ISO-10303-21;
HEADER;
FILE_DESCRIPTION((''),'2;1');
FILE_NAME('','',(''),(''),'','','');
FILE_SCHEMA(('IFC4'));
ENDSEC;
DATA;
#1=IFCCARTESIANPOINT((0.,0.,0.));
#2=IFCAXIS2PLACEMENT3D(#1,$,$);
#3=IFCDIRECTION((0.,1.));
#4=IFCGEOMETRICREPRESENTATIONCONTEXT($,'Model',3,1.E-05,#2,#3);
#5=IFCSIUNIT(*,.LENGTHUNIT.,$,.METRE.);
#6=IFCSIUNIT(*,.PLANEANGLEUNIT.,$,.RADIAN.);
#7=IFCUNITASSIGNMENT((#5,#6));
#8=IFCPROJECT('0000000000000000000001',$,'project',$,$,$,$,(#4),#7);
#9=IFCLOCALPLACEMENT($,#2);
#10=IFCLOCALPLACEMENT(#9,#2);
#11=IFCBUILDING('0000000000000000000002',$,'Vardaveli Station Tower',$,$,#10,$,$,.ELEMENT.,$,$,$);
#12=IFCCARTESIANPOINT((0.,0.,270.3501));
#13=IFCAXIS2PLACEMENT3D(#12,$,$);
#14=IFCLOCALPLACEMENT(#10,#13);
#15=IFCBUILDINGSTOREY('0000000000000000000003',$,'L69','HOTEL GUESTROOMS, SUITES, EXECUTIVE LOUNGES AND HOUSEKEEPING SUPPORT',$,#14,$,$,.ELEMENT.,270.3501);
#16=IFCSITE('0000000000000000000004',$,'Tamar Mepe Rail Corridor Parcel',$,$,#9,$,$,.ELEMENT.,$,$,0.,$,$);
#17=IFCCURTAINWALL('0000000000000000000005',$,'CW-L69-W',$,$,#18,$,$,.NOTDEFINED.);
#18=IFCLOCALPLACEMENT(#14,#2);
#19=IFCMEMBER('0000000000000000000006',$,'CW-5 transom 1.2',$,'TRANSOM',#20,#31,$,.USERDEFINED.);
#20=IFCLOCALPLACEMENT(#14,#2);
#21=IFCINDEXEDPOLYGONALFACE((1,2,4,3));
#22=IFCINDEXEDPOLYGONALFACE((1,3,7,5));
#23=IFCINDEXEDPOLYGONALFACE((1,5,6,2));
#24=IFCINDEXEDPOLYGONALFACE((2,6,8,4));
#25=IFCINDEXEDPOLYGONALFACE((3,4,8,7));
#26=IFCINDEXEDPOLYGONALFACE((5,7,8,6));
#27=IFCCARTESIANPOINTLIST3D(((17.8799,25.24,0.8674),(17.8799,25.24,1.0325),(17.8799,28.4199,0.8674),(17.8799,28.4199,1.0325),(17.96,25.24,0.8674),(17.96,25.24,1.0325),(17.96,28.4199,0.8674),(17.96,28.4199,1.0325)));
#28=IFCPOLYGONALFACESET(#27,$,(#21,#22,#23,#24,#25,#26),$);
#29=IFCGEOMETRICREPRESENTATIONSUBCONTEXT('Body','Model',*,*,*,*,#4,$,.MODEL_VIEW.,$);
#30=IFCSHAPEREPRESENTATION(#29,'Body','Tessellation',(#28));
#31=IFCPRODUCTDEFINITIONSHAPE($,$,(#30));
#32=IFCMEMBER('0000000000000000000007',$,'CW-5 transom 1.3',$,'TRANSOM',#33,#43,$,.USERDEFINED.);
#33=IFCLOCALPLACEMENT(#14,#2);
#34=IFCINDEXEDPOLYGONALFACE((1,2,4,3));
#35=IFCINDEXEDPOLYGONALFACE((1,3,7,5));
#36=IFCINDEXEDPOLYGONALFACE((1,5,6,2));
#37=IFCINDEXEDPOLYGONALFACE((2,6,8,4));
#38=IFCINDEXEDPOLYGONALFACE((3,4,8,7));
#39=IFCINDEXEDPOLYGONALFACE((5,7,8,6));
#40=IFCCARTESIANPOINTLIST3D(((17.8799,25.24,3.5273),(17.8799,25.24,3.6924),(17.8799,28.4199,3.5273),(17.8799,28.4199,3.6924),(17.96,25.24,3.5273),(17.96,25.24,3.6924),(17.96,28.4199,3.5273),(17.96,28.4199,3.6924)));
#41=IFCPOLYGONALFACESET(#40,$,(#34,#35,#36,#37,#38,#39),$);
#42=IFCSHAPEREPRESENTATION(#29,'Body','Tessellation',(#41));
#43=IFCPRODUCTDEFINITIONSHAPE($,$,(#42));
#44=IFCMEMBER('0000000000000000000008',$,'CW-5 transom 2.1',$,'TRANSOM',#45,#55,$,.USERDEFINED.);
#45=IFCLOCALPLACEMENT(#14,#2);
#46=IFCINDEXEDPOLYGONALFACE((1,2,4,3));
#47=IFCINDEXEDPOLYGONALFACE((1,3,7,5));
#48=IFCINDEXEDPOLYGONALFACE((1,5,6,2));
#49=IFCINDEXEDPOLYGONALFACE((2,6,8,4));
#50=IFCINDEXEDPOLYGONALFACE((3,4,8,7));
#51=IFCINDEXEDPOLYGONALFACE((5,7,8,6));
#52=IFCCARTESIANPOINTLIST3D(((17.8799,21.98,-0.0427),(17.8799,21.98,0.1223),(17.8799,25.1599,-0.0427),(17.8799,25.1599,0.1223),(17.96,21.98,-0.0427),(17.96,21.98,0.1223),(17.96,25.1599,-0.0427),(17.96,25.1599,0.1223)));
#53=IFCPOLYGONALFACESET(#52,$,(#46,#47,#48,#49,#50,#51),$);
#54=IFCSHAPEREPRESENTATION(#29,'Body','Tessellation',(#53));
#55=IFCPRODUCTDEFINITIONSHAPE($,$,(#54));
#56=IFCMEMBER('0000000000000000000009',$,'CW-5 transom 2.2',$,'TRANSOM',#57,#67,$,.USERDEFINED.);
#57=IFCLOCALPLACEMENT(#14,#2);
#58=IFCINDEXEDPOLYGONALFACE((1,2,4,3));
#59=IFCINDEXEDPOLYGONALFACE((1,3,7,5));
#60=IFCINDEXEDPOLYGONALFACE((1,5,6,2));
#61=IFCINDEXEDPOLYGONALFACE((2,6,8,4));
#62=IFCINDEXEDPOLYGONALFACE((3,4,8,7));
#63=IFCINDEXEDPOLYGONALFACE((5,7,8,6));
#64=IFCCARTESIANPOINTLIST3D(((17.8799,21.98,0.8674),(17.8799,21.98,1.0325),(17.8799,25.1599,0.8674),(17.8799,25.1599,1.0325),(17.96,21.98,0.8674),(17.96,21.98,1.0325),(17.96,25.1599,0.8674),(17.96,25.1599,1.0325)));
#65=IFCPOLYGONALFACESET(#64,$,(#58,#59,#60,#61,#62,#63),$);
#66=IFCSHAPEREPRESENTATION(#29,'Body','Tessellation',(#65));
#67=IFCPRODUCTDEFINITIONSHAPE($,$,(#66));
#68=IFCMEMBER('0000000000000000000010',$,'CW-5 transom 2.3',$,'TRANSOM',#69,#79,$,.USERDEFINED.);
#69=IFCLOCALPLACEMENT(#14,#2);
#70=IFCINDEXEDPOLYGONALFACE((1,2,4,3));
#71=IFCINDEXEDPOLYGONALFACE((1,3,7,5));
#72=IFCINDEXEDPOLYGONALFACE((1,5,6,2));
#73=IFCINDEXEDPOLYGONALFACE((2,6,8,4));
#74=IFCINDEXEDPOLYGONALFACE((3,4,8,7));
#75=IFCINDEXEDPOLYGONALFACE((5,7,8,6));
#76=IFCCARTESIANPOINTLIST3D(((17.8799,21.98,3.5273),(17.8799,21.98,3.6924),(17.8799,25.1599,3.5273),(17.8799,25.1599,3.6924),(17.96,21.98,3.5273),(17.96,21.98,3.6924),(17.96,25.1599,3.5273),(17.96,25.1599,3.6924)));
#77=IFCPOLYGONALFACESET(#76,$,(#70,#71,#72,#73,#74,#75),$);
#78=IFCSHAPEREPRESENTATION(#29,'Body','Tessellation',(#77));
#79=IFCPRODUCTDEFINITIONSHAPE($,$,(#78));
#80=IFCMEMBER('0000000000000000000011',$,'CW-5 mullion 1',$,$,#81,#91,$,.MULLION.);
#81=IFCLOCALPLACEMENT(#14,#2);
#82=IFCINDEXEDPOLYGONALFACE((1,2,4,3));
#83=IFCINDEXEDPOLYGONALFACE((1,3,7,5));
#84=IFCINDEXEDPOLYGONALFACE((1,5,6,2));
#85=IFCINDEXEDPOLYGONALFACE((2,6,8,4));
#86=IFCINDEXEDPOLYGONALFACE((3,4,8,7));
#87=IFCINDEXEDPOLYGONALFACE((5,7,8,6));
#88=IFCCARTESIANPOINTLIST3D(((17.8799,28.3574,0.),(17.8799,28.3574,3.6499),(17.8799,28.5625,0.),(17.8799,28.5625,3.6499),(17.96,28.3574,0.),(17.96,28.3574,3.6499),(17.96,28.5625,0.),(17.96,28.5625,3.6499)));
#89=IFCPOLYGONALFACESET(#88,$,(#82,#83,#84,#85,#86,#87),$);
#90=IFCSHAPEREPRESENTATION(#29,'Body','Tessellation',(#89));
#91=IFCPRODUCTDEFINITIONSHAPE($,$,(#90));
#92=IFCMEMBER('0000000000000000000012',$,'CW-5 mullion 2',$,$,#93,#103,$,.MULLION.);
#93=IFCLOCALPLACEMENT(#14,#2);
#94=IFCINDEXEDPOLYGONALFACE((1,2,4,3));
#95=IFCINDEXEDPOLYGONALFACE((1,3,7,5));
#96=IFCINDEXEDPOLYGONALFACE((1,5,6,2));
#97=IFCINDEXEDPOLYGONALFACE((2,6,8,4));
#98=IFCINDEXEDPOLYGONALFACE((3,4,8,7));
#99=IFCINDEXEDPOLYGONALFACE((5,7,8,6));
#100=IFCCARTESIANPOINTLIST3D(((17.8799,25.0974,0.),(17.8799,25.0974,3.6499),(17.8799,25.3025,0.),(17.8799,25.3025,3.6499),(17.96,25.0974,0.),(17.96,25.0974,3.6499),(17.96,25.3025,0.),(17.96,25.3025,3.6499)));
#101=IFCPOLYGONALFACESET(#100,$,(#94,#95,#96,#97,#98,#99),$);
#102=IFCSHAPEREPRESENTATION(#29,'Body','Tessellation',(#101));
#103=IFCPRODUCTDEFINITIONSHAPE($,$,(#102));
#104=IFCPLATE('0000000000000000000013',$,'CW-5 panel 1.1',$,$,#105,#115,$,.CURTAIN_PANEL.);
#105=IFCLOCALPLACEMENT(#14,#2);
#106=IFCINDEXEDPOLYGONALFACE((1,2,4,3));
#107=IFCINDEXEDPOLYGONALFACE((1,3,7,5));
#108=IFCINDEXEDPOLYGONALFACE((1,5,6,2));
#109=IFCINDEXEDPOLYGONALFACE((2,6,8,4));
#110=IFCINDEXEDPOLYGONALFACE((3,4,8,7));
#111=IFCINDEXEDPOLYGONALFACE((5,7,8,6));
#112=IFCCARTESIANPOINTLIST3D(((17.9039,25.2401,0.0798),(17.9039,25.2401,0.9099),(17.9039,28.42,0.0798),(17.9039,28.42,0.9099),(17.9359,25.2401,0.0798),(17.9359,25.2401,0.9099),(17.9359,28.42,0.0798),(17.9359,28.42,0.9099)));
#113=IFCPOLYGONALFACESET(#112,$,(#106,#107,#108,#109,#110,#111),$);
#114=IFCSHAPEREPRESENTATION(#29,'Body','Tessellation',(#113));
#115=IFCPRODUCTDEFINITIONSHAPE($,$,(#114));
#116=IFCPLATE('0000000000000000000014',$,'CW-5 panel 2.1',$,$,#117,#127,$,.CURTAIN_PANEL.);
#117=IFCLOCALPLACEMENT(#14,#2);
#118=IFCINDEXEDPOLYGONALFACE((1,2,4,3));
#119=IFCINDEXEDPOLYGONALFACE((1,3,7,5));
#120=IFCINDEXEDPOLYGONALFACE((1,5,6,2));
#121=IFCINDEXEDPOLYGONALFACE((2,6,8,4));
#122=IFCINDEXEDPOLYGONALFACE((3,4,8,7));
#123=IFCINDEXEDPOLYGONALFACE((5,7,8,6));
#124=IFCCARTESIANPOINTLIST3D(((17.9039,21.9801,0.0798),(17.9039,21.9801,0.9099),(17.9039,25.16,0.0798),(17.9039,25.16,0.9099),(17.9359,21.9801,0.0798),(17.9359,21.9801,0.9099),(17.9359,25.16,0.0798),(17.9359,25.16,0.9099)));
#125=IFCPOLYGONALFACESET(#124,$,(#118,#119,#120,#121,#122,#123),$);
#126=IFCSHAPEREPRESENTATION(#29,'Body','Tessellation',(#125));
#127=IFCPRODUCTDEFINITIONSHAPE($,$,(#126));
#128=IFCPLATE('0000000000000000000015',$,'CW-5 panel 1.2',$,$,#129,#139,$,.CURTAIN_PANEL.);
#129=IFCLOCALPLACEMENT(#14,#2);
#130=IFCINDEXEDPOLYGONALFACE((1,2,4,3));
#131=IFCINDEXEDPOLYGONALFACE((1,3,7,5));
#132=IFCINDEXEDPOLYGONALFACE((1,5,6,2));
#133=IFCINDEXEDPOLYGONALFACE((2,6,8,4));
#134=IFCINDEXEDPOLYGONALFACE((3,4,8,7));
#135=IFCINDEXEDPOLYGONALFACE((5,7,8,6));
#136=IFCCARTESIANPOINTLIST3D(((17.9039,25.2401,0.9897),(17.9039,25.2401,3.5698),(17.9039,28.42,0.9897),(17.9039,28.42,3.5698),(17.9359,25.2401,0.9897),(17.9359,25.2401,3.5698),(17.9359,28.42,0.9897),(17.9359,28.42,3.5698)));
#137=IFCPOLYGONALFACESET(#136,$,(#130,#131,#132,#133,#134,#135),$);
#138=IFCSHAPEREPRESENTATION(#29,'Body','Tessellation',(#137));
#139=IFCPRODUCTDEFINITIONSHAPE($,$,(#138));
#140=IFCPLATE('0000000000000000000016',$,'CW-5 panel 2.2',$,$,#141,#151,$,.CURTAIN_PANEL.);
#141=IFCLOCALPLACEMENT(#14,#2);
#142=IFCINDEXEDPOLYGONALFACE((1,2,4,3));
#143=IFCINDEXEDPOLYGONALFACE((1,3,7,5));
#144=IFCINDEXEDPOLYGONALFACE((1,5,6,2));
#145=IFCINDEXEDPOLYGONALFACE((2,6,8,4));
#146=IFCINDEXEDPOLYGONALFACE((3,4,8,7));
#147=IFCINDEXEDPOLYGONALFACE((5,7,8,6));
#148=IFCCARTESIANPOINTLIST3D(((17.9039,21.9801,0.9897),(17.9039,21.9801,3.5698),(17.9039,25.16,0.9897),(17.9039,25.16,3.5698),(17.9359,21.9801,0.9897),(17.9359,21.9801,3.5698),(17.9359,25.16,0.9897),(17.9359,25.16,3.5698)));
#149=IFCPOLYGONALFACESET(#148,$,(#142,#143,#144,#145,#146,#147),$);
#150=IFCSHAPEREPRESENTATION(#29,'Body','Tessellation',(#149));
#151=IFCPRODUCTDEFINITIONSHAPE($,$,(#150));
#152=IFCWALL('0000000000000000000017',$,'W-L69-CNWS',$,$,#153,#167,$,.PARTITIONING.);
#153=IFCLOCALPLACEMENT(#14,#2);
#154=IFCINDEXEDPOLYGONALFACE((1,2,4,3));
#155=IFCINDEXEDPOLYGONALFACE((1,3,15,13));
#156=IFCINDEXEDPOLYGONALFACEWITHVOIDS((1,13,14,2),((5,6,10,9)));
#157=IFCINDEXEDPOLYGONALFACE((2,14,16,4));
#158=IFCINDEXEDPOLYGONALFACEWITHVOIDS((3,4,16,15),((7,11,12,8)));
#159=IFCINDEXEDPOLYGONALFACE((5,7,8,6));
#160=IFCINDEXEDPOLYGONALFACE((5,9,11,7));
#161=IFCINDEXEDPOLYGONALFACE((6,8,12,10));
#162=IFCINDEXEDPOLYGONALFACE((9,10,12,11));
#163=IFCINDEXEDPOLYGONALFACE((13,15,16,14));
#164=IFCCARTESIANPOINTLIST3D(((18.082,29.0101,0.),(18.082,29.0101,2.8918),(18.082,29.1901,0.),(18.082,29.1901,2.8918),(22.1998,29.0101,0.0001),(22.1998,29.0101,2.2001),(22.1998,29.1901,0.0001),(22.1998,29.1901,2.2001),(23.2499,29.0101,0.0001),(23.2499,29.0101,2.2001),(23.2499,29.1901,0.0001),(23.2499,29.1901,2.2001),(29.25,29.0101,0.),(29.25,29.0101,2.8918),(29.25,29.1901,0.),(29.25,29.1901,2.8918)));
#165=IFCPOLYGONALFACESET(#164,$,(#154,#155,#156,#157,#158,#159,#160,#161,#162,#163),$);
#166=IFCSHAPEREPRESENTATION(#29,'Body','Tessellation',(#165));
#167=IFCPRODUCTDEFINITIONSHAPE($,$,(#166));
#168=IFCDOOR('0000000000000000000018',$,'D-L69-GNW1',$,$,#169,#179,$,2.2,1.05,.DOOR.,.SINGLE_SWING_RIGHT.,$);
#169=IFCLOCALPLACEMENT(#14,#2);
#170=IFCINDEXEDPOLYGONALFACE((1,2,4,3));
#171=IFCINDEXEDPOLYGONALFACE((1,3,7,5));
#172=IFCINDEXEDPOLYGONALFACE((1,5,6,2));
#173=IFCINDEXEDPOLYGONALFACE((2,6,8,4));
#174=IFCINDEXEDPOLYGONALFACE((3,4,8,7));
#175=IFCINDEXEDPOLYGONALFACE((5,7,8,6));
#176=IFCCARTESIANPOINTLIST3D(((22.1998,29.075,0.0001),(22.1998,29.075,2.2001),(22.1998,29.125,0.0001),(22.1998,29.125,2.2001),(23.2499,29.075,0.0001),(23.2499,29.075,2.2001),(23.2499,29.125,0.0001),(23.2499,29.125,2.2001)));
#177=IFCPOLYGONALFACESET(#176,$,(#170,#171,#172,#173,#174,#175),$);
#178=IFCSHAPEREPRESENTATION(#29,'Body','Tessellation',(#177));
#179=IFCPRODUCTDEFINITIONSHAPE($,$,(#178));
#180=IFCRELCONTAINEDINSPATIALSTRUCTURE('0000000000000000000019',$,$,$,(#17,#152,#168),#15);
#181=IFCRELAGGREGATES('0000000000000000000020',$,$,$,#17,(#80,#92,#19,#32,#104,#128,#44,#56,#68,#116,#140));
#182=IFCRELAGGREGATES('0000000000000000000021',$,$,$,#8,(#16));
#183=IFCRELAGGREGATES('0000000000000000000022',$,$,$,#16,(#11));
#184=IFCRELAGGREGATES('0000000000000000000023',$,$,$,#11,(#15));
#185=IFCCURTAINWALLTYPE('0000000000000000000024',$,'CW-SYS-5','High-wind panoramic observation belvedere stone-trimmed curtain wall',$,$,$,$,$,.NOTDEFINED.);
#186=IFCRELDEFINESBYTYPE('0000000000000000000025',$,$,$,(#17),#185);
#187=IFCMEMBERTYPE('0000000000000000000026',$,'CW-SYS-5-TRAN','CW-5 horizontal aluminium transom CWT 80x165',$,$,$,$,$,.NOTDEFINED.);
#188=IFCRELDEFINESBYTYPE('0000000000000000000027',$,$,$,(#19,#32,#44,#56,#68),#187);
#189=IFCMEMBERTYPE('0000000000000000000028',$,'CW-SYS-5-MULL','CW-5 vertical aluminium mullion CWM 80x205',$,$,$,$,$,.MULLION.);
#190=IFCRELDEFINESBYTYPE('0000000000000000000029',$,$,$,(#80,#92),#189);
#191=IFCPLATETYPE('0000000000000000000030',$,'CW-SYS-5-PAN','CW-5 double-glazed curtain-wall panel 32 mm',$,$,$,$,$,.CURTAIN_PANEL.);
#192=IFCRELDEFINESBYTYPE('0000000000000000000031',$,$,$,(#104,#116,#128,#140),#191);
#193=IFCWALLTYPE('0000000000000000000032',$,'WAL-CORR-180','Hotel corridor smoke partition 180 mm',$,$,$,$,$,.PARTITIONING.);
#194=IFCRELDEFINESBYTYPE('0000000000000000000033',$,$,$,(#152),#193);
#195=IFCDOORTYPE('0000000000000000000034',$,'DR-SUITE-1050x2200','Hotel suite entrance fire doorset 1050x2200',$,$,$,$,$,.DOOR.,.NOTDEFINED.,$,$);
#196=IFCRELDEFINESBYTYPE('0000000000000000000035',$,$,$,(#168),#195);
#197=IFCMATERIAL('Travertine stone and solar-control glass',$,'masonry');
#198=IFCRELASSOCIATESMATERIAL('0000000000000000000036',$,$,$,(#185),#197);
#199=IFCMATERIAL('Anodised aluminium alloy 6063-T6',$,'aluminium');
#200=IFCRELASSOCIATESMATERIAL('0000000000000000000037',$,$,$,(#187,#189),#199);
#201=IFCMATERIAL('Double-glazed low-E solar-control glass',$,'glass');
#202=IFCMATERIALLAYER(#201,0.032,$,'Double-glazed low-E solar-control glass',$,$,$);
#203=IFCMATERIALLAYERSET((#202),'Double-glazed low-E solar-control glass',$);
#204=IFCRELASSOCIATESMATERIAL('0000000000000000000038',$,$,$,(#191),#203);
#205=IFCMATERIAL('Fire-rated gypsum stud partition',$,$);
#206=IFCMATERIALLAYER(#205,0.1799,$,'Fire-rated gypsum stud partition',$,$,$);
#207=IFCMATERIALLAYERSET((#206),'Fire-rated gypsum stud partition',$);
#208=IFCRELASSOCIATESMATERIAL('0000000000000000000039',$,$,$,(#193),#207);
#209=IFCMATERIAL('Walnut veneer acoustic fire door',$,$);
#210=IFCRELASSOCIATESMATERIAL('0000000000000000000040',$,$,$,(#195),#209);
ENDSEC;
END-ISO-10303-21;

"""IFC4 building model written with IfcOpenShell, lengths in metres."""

from ifc_helpers import new_model, si_unit, direction, frame, frame_2d, origin, origin_2d, place, context, subcontext, project, spatial, rectangle, extrude, source, transform, mapped, material, layer, layer_set, material_profile, profile_set, type_object, element, fill, aggregate, save


model = new_model("IFC4")

# Units and contexts
model_context = context("Model", 3, precision=1e-05, world=origin(), true_north=direction((0.0, 1.0)))
body_context = subcontext(model_context, "Body", "Model", "MODEL_VIEW")
ifc_project = project(units=[si_unit("LENGTHUNIT", "METRE"), si_unit("PLANEANGLEUNIT", "RADIAN")], contexts=[model_context])

# Site, building, storey
site_placement = place(None, origin())
site = spatial("IfcSite", under=ifc_project, at=site_placement, Name="Tamar Mepe Rail Corridor Parcel", CompositionType="ELEMENT", RefElevation=0.0)
building_placement = place(site_placement, origin())
building = spatial("IfcBuilding", under=site, at=building_placement, Name="Vardaveli Station Tower", CompositionType="ELEMENT")
storey_placement = place(building_placement, frame((0.0, 0.0, 270.3501)))
storey = spatial("IfcBuildingStorey", under=building, at=storey_placement, Name="L69", Description="HOTEL GUESTROOMS, SUITES, EXECUTIVE LOUNGES AND HOUSEKEEPING SUPPORT", CompositionType="ELEMENT", Elevation=270.3501)

# Curtain wall, members, plates
ifc_material_1 = material(Name="Travertine stone and solar-control glass", Category="masonry")
curtain_wall_type = type_object("IfcCurtainWallType", Name="CW-SYS-5", Description="High-wind panoramic observation belvedere stone-trimmed curtain wall", PredefinedType="NOTDEFINED", material=ifc_material_1)
curtain_wall_placement = place(storey_placement, origin())
curtain_wall = element("IfcCurtainWall", 1, at=curtain_wall_placement, inside=storey, type_object=curtain_wall_type, Name="CW-L69-W", PredefinedType="NOTDEFINED")
ifc_material_2 = material(Name="Anodised aluminium alloy 6063-T6", Category="aluminium")
ifc_material_profile_1 = material_profile(ifc_material_2, rectangle(XDim=0.0801, YDim=0.165, at=origin_2d()), Name="CWT 80x165")
ifc_profile_set_1 = profile_set([ifc_material_profile_1], Name="Anodised aluminium alloy 6063-T6")
member_type_1 = type_object("IfcMemberType", Name="CW-SYS-5-TRAN", Description="CW-5 horizontal aluminium transom CWT 80x165", PredefinedType="NOTDEFINED", material=ifc_profile_set_1)
shared_shape_1 = source(origin(), body_context, "Body", "SweptSolid", [
    extrude(rectangle(XDim=0.0801, YDim=0.165, at=origin_2d()), origin(), (0.0, 0.0, 1.0), 3.1799),
])
member_1_placement = place(storey_placement, frame((17.9199, 28.4199, 0.95), z_axis=(0.0, -1.0, 0.0), x_axis=(1.0, 0.0, 0.0)))
member_1 = element("IfcMember", 2, at=member_1_placement, type_object=member_type_1, Name="CW-5 transom 1.2", ObjectType="TRANSOM", PredefinedType="USERDEFINED", context=body_context, shape_type="MappedRepresentation", body=[
    mapped(shared_shape_1, transform((0.0, 0.0, 0.0), scale=1.0)),
])
member_2_placement = place(storey_placement, frame((17.9199, 28.4199, 3.6099), z_axis=(0.0, -1.0, 0.0), x_axis=(1.0, 0.0, 0.0)))
member_2 = element("IfcMember", 3, at=member_2_placement, type_object=member_type_1, Name="CW-5 transom 1.3", ObjectType="TRANSOM", PredefinedType="USERDEFINED", context=body_context, shape_type="MappedRepresentation", body=[
    mapped(shared_shape_1, transform((0.0, 0.0, 0.0), scale=1.0)),
])
member_3_placement = place(storey_placement, frame((17.9199, 25.1599, 0.0398), z_axis=(0.0, -1.0, 0.0), x_axis=(1.0, 0.0, 0.0)))
member_3 = element("IfcMember", 4, at=member_3_placement, type_object=member_type_1, Name="CW-5 transom 2.1", ObjectType="TRANSOM", PredefinedType="USERDEFINED", context=body_context, shape_type="MappedRepresentation", body=[
    mapped(shared_shape_1, transform((0.0, 0.0, 0.0), scale=1.0)),
])
member_4_placement = place(storey_placement, frame((17.9199, 25.1599, 0.95), z_axis=(0.0, -1.0, 0.0), x_axis=(1.0, 0.0, 0.0)))
member_4 = element("IfcMember", 5, at=member_4_placement, type_object=member_type_1, Name="CW-5 transom 2.2", ObjectType="TRANSOM", PredefinedType="USERDEFINED", context=body_context, shape_type="MappedRepresentation", body=[
    mapped(shared_shape_1, transform((0.0, 0.0, 0.0), scale=1.0)),
])
member_5_placement = place(storey_placement, frame((17.9199, 25.1599, 3.6099), z_axis=(0.0, -1.0, 0.0), x_axis=(1.0, 0.0, 0.0)))
member_5 = element("IfcMember", 6, at=member_5_placement, type_object=member_type_1, Name="CW-5 transom 2.3", ObjectType="TRANSOM", PredefinedType="USERDEFINED", context=body_context, shape_type="MappedRepresentation", body=[
    mapped(shared_shape_1, transform((0.0, 0.0, 0.0), scale=1.0)),
])
ifc_material_profile_2 = material_profile(ifc_material_2, rectangle(XDim=0.0801, YDim=0.2051, at=origin_2d()), Name="CWM 80x205")
ifc_profile_set_2 = profile_set([ifc_material_profile_2], Name="Anodised aluminium alloy 6063-T6")
member_type_2 = type_object("IfcMemberType", Name="CW-SYS-5-MULL", Description="CW-5 vertical aluminium mullion CWM 80x205", PredefinedType="MULLION", material=ifc_profile_set_2)
shared_shape_2 = source(origin(), body_context, "Body", "SweptSolid", [
    extrude(rectangle(XDim=0.0801, YDim=0.2051, at=origin_2d()), origin(), (0.0, 0.0, 1.0), 3.6499),
])
member_6_placement = place(storey_placement, frame((17.9199, 28.46, 0.0), z_axis=(0.0, 0.0, 1.0), x_axis=(1.0, 0.0, 0.0)))
member_6 = element("IfcMember", 7, at=member_6_placement, type_object=member_type_2, Name="CW-5 mullion 1", PredefinedType="MULLION", context=body_context, shape_type="MappedRepresentation", body=[
    mapped(shared_shape_2, transform((0.0, 0.0, 0.0), scale=1.0)),
])
member_7_placement = place(storey_placement, frame((17.9199, 25.2, 0.0), z_axis=(0.0, 0.0, 1.0), x_axis=(1.0, 0.0, 0.0)))
member_7 = element("IfcMember", 8, at=member_7_placement, type_object=member_type_2, Name="CW-5 mullion 2", PredefinedType="MULLION", context=body_context, shape_type="MappedRepresentation", body=[
    mapped(shared_shape_2, transform((0.0, 0.0, 0.0), scale=1.0)),
])
ifc_material_3 = material(Name="Double-glazed low-E solar-control glass", Category="glass")
ifc_layer_1 = layer(ifc_material_3, 0.032, Name="Double-glazed low-E solar-control glass")
ifc_layer_set_1 = layer_set([ifc_layer_1], Name="Double-glazed low-E solar-control glass")
plate_type = type_object("IfcPlateType", Name="CW-SYS-5-PAN", Description="CW-5 double-glazed curtain-wall panel 32 mm", PredefinedType="CURTAIN_PANEL", material=ifc_layer_set_1)
shared_shape_3 = source(origin(), body_context, "Body", "SweptSolid", [
    extrude(rectangle(XDim=3.1799, YDim=0.032, at=origin_2d()), origin(), (0.0, 0.0, 1.0), 0.8301),
])
plate_1_placement = place(storey_placement, frame((17.9199, 26.8301, 0.0798), z_axis=(0.0, 0.0, 1.0), x_axis=(0.0, -1.0, 0.0)))
plate_1 = element("IfcPlate", 9, at=plate_1_placement, type_object=plate_type, Name="CW-5 panel 1.1", PredefinedType="CURTAIN_PANEL", context=body_context, shape_type="MappedRepresentation", body=[
    mapped(shared_shape_3, transform((0.0, 0.0, 0.0), scale=1.0)),
])
plate_2_placement = place(storey_placement, frame((17.9199, 23.5701, 0.0798), z_axis=(0.0, 0.0, 1.0), x_axis=(0.0, -1.0, 0.0)))
plate_2 = element("IfcPlate", 10, at=plate_2_placement, type_object=plate_type, Name="CW-5 panel 2.1", PredefinedType="CURTAIN_PANEL", context=body_context, shape_type="MappedRepresentation", body=[
    mapped(shared_shape_3, transform((0.0, 0.0, 0.0), scale=1.0)),
])
shared_shape_4 = source(origin(), body_context, "Body", "SweptSolid", [
    extrude(rectangle(XDim=3.1799, YDim=0.032, at=origin_2d()), origin(), (0.0, 0.0, 1.0), 2.5801),
])
plate_3_placement = place(storey_placement, frame((17.9199, 26.8301, 0.9897), z_axis=(0.0, 0.0, 1.0), x_axis=(0.0, -1.0, 0.0)))
plate_3 = element("IfcPlate", 11, at=plate_3_placement, type_object=plate_type, Name="CW-5 panel 1.2", PredefinedType="CURTAIN_PANEL", context=body_context, shape_type="MappedRepresentation", body=[
    mapped(shared_shape_4, transform((0.0, 0.0, 0.0), scale=1.0)),
])
plate_4_placement = place(storey_placement, frame((17.9199, 23.5701, 0.9897), z_axis=(0.0, 0.0, 1.0), x_axis=(0.0, -1.0, 0.0)))
plate_4 = element("IfcPlate", 12, at=plate_4_placement, type_object=plate_type, Name="CW-5 panel 2.2", PredefinedType="CURTAIN_PANEL", context=body_context, shape_type="MappedRepresentation", body=[
    mapped(shared_shape_4, transform((0.0, 0.0, 0.0), scale=1.0)),
])
aggregate(curtain_wall, [member_6, member_7, member_1, member_2, plate_1, plate_3, member_3, member_4, member_5, plate_2, plate_4])

# Wall, opening, door
ifc_material_4 = material(Name="Fire-rated gypsum stud partition")
ifc_layer_2 = layer(ifc_material_4, 0.1799, Name="Fire-rated gypsum stud partition")
ifc_layer_set_2 = layer_set([ifc_layer_2], Name="Fire-rated gypsum stud partition")
wall_type = type_object("IfcWallType", Name="WAL-CORR-180", Description="Hotel corridor smoke partition 180 mm", PredefinedType="PARTITIONING", material=ifc_layer_set_2)
shared_shape_5 = source(origin(), body_context, "Body", "SweptSolid", [
    extrude(rectangle(XDim=11.168, YDim=0.1799, at=frame_2d((5.584, 0.0))), origin(), (0.0, 0.0, 1.0), 2.8918),
])
wall_1_placement = place(storey_placement, frame((18.082, 29.1001, 0.0), z_axis=(0.0, 0.0, 1.0), x_axis=(1.0, 0.0, 0.0)))
wall_1 = element("IfcWall", 13, at=wall_1_placement, inside=storey, type_object=wall_type, Name="W-L69-CNWS", PredefinedType="PARTITIONING", context=body_context, shape_type="MappedRepresentation", body=[
    mapped(shared_shape_5, transform((0.0, 0.0, 0.0), scale=1.0)),
])
shared_shape_6 = source(origin(), body_context, "Body", "SweptSolid", [
    extrude(rectangle(XDim=1.05, YDim=2.2, at=frame_2d((0.5249, 1.1001))), frame((0.0, 0.1001, 0.0), z_axis=(0.0, -1.0, 0.0), x_axis=(1.0, 0.0, 0.0)), (0.0, 0.0, 1.0), 0.2),
])
opening_placement = place(wall_1_placement, frame((4.1179, 0.0, 0.0)))
opening = element("IfcOpeningElement", 14, at=opening_placement, cuts=wall_1, PredefinedType="OPENING", context=body_context, shape_type="MappedRepresentation", body=[
    mapped(shared_shape_6, transform((0.0, 0.0, 0.0), scale=1.0)),
])
ifc_material_5 = material(Name="Walnut veneer acoustic fire door")
door_type = type_object("IfcDoorType", Name="DR-SUITE-1050x2200", Description="Hotel suite entrance fire doorset 1050x2200", OperationType="NOTDEFINED", PredefinedType="DOOR", material=ifc_material_5)
shared_shape_7 = source(origin(), body_context, "Body", "SweptSolid", [
    extrude(rectangle(XDim=1.05, YDim=2.2, at=frame_2d((0.5249, 1.1001))), frame((0.0, 0.0249, 0.0), z_axis=(0.0, -1.0, 0.0), x_axis=(1.0, 0.0, 0.0)), (0.0, 0.0, 1.0), 0.05),
])
door_placement = place(opening_placement, origin())
door = element("IfcDoor", 15, at=door_placement, inside=storey, type_object=door_type, Name="D-L69-GNW1", OperationType="SINGLE_SWING_RIGHT", OverallHeight=2.2, OverallWidth=1.05, PredefinedType="DOOR", context=body_context, shape_type="MappedRepresentation", body=[
    mapped(shared_shape_7, transform((0.0, 0.0, 0.0), scale=1.0)),
])
fill(opening, door)

save(model, "model.ifc")
